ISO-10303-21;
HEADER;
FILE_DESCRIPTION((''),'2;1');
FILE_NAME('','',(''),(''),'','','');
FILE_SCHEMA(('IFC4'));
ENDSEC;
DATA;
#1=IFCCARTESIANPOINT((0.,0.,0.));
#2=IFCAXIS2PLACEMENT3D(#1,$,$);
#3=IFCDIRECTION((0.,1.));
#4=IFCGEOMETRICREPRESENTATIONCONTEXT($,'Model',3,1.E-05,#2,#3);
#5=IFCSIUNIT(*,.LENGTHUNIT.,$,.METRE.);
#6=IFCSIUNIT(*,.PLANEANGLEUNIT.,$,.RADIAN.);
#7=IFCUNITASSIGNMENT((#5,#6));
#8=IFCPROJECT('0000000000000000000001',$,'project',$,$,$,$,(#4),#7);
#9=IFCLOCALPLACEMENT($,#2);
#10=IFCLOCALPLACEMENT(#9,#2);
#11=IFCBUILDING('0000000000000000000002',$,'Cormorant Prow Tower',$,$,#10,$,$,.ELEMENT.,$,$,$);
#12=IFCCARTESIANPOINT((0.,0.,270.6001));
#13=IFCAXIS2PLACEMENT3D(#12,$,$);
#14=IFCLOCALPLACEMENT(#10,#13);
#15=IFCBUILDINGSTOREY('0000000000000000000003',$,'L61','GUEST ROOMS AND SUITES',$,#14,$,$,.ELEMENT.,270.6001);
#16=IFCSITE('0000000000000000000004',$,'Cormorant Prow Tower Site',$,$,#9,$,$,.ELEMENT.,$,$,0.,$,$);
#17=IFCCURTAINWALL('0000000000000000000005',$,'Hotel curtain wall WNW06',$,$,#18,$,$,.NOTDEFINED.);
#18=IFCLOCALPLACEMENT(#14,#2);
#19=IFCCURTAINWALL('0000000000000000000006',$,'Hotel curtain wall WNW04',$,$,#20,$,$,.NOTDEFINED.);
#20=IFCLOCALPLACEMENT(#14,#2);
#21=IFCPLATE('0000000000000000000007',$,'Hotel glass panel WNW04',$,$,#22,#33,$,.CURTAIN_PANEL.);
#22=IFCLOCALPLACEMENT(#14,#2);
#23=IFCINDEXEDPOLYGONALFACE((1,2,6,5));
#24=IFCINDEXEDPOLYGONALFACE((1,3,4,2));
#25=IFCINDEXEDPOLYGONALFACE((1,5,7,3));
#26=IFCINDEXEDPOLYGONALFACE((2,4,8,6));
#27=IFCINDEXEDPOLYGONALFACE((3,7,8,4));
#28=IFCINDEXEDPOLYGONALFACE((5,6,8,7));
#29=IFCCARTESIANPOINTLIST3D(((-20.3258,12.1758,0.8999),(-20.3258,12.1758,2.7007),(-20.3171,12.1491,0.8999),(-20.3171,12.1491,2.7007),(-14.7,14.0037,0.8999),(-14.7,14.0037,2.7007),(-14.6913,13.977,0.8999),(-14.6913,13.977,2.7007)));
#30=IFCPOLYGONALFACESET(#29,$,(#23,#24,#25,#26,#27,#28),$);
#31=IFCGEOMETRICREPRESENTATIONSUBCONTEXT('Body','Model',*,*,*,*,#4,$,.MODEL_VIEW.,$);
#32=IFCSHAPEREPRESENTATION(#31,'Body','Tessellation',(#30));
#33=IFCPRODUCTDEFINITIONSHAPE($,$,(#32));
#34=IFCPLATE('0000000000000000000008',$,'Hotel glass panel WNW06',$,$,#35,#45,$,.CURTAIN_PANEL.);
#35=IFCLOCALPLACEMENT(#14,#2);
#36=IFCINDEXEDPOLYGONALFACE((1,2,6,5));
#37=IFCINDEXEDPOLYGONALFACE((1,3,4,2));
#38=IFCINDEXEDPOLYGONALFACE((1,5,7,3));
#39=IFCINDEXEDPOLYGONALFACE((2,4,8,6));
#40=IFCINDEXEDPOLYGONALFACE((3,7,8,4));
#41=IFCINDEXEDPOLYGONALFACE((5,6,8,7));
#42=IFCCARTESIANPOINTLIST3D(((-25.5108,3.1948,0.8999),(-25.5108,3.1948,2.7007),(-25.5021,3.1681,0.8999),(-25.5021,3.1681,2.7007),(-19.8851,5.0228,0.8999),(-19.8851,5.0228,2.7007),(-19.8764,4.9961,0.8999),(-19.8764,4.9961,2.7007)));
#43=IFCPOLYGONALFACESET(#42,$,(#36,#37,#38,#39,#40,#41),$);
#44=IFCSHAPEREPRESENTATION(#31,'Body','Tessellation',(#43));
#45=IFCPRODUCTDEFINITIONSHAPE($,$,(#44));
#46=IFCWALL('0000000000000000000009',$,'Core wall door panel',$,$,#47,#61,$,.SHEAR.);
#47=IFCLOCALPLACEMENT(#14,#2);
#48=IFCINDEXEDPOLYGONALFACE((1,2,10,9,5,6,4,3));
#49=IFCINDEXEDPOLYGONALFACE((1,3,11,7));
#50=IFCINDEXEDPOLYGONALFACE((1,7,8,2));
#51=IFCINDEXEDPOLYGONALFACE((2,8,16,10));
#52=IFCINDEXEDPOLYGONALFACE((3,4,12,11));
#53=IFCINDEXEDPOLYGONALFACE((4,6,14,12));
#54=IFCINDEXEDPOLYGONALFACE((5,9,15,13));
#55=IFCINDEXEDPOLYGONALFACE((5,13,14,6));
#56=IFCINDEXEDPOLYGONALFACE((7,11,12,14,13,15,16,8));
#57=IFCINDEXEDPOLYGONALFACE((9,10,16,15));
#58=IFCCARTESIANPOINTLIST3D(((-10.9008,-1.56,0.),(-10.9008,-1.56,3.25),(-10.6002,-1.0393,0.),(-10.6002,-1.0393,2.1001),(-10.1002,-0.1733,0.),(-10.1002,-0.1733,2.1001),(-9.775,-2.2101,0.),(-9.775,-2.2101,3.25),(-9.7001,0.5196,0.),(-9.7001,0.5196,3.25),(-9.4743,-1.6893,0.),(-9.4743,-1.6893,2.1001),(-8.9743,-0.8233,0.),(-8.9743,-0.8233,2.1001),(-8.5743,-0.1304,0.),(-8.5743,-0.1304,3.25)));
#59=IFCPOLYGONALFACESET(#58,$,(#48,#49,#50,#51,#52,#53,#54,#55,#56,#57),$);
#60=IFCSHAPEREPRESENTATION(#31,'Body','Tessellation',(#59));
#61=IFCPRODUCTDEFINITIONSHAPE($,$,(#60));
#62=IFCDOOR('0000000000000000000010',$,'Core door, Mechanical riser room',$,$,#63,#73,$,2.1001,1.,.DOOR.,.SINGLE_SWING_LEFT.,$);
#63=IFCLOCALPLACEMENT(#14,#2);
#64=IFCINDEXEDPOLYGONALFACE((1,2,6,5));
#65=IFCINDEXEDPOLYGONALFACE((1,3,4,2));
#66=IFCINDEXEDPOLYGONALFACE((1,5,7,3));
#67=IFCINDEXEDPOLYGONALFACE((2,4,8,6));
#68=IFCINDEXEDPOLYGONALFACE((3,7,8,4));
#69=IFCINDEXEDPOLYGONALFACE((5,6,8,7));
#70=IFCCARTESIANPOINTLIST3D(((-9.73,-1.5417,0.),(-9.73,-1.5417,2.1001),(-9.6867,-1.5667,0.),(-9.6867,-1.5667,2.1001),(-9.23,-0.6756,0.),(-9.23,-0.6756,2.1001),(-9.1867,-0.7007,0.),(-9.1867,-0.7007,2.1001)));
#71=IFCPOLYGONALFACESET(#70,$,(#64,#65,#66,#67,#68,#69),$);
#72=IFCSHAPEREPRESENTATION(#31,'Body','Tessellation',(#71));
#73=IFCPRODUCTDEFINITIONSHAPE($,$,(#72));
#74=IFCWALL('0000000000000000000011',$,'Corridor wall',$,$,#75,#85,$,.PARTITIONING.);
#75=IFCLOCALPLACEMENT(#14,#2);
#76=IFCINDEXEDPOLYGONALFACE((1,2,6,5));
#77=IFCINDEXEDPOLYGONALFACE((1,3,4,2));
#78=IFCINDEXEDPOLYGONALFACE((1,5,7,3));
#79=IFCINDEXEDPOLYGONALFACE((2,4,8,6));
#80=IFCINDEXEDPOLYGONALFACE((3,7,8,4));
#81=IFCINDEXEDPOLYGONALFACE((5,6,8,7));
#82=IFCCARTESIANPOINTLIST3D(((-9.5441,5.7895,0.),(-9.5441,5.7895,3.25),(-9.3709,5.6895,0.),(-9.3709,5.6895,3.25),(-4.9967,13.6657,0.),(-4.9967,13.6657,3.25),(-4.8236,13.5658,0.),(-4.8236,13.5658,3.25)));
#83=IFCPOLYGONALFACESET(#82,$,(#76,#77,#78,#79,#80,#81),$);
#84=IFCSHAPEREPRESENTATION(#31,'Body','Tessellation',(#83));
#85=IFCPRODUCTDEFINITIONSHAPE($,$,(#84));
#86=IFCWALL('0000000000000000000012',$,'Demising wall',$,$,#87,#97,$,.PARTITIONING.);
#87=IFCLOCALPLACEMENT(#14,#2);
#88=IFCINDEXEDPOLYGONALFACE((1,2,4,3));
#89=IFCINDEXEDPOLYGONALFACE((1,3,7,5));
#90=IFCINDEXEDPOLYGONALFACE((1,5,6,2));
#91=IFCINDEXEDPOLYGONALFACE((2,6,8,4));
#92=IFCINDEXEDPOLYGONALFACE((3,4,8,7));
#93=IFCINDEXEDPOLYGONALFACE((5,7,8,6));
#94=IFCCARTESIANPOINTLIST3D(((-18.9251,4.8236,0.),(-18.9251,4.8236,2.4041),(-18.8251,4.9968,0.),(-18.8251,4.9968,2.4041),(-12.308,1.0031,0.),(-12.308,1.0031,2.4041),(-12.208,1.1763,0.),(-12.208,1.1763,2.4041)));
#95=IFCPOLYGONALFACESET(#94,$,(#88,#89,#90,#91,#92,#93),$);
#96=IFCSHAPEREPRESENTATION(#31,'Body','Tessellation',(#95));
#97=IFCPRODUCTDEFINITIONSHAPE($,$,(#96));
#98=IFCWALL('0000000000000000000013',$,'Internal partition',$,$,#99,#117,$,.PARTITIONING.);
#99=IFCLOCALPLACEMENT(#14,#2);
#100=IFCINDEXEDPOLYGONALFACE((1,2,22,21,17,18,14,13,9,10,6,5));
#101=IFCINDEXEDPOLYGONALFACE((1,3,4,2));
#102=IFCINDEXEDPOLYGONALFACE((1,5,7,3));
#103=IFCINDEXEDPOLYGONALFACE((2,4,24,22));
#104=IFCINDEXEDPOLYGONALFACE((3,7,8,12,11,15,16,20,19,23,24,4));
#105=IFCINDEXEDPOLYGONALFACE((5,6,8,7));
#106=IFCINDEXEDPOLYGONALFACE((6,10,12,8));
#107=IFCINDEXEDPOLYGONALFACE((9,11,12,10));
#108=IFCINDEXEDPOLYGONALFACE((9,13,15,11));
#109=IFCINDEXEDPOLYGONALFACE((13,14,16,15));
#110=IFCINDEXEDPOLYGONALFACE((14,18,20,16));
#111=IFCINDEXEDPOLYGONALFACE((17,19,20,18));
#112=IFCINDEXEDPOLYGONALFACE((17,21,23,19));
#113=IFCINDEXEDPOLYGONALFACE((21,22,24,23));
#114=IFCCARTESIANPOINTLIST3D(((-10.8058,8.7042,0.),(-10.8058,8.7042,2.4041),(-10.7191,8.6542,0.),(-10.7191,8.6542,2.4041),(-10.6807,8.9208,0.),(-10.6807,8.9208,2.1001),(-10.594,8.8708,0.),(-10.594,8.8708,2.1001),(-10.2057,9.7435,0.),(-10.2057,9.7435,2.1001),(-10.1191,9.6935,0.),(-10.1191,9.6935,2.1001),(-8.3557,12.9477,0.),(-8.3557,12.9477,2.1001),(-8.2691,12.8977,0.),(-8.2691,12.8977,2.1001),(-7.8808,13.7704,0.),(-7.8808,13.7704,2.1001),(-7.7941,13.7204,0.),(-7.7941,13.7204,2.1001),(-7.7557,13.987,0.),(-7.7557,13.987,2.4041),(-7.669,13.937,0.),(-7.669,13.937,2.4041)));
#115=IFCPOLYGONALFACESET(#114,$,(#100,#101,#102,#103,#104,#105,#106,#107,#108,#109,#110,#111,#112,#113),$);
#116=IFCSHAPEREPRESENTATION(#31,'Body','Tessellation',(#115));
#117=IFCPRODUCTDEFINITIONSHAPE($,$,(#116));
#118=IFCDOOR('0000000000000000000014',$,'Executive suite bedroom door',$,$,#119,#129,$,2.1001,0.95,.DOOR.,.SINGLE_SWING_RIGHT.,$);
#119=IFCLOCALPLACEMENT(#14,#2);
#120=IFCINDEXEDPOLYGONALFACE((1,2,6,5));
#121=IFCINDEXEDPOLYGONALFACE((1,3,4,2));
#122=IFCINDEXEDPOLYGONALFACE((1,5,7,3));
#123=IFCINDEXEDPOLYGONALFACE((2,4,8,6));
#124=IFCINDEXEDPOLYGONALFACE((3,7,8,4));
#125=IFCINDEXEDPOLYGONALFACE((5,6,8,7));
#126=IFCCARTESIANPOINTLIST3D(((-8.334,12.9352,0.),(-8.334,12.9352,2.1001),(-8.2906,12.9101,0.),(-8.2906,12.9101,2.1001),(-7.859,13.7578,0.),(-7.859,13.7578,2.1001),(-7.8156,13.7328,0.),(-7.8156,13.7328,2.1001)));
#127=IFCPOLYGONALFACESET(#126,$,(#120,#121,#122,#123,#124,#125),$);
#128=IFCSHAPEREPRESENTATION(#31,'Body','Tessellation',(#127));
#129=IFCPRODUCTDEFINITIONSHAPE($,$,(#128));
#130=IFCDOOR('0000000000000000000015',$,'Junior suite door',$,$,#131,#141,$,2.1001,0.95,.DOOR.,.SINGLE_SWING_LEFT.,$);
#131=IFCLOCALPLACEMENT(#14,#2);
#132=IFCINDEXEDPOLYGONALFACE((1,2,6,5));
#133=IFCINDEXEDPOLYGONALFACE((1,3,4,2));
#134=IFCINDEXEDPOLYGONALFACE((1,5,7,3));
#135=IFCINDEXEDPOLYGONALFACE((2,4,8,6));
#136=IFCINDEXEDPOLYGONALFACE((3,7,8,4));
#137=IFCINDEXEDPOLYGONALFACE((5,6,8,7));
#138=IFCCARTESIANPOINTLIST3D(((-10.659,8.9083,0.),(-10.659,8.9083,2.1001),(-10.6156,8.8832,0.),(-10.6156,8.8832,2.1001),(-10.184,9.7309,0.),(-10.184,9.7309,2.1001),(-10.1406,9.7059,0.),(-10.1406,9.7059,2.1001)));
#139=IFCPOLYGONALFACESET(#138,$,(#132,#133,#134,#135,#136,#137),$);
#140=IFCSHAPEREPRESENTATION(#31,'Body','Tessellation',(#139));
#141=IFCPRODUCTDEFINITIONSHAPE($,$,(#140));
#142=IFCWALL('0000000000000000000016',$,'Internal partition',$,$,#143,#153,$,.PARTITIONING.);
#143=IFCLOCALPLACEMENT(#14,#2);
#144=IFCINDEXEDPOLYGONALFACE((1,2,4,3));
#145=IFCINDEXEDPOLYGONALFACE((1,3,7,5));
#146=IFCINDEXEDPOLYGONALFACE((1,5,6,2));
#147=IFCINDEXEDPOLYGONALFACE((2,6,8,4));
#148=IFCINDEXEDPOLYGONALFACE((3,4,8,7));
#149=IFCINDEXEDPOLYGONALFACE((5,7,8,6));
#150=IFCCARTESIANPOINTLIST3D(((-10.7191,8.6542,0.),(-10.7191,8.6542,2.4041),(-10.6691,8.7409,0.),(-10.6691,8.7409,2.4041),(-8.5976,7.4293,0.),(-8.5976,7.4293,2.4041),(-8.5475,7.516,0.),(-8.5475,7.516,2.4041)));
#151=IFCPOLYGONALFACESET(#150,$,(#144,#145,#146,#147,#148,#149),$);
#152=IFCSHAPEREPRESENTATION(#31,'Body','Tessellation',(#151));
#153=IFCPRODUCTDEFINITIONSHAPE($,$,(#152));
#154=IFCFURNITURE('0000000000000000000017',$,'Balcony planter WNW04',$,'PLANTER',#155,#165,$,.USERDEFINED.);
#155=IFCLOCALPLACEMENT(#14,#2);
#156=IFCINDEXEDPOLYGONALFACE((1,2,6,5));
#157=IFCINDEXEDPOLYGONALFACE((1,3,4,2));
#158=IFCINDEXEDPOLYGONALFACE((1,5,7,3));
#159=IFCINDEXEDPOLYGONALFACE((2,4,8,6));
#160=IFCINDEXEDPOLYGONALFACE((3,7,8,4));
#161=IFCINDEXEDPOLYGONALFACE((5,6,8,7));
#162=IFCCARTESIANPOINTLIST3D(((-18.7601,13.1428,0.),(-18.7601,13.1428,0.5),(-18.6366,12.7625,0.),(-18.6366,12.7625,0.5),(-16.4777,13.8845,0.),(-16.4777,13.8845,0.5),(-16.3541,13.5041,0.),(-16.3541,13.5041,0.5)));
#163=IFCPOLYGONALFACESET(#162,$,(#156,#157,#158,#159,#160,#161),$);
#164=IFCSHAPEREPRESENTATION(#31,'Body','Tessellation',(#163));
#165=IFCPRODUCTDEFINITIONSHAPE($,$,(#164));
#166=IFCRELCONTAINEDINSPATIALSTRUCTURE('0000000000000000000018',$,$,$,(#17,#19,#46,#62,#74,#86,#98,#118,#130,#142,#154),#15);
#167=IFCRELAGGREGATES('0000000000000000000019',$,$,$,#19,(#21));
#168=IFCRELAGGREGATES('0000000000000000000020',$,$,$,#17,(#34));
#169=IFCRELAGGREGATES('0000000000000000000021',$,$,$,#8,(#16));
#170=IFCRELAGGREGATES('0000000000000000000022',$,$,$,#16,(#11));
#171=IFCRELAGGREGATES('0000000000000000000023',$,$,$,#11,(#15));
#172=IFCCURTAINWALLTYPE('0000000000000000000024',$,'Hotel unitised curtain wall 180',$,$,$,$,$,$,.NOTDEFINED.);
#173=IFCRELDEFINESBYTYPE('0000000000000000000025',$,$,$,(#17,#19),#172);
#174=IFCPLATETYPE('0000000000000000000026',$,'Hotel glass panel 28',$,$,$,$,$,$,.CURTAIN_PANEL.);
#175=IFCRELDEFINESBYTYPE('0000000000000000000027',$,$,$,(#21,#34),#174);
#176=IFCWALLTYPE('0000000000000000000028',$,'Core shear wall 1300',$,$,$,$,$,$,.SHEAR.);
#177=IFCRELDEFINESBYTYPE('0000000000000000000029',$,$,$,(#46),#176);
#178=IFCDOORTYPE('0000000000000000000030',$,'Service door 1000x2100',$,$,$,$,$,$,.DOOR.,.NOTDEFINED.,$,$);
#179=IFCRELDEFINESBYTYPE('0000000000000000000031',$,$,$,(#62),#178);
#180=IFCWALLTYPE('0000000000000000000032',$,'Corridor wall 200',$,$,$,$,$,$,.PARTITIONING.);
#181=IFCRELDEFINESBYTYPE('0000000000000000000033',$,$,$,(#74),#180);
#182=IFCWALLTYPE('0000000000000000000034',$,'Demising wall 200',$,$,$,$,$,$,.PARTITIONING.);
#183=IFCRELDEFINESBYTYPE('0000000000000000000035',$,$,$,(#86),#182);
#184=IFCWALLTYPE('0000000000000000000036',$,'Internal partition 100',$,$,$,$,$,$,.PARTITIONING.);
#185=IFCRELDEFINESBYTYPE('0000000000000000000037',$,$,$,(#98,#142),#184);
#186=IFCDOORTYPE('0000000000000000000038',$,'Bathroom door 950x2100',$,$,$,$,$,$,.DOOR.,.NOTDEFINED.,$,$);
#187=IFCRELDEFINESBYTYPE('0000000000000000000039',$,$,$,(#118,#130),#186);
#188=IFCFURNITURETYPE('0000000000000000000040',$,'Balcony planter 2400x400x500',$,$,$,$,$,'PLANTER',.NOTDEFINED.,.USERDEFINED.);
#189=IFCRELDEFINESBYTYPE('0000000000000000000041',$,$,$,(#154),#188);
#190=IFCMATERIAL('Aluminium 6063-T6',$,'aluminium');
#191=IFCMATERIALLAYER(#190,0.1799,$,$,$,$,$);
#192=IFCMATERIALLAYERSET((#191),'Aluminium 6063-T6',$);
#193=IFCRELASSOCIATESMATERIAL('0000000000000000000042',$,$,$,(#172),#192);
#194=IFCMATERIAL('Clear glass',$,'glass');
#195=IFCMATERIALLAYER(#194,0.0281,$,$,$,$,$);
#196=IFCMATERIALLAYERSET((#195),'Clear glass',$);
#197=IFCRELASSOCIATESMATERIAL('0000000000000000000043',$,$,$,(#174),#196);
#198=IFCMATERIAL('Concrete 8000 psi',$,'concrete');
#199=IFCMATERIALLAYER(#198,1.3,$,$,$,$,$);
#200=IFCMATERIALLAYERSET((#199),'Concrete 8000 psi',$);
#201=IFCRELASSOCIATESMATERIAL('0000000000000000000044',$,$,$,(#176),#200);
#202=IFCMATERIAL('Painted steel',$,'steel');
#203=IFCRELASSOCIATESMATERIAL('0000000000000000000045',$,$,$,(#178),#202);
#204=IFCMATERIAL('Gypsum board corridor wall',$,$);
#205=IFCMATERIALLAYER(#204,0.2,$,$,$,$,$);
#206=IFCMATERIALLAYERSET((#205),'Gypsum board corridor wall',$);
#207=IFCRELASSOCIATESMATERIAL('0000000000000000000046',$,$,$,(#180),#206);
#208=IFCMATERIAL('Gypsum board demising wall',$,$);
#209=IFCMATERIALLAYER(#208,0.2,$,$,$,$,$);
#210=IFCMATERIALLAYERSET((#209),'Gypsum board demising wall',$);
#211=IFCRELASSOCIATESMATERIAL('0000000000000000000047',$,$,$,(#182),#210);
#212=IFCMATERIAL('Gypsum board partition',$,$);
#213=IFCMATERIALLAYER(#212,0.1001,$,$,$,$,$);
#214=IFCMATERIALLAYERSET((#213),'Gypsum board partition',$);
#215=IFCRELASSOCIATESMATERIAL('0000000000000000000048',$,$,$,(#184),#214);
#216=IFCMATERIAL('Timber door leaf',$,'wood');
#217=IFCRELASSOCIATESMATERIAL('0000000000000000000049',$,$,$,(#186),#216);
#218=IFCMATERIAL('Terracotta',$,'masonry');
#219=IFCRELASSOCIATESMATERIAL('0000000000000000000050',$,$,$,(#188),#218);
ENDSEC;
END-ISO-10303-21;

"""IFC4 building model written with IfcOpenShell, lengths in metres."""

from ifc_helpers import new_model, si_unit, direction, frame, frame_2d, origin, origin_2d, place, context, subcontext, project, spatial, rectangle, extrude, material, layer, layer_set, type_object, element, fill, aggregate, save


model = new_model("IFC4")

# Units and contexts
model_context = context("Model", 3, precision=1e-05, world=origin(), true_north=direction((0.0, 1.0)))
body_context = subcontext(model_context, "Body", "Model", "MODEL_VIEW")
ifc_project = project(units=[si_unit("LENGTHUNIT", "METRE"), si_unit("PLANEANGLEUNIT", "RADIAN")], contexts=[model_context])

# Site, building, storey
site_placement = place(None, origin())
site = spatial("IfcSite", under=ifc_project, at=site_placement, Name="Cormorant Prow Tower Site", CompositionType="ELEMENT", RefElevation=0.0)
building_placement = place(site_placement, origin())
building = spatial("IfcBuilding", under=site, at=building_placement, Name="Cormorant Prow Tower", CompositionType="ELEMENT")
storey_placement = place(building_placement, frame((0.0, 0.0, 270.6001)))
storey = spatial("IfcBuildingStorey", under=building, at=storey_placement, Name="L61", Description="GUEST ROOMS AND SUITES", CompositionType="ELEMENT", Elevation=270.6001)

# Curtain wall
ifc_material_1 = material(Name="Aluminium 6063-T6", Category="aluminium")
ifc_layer_1 = layer(ifc_material_1, 0.1799)
ifc_layer_set_1 = layer_set([ifc_layer_1], Name="Aluminium 6063-T6")
curtain_wall_type = type_object("IfcCurtainWallType", Name="Hotel unitised curtain wall 180", PredefinedType="NOTDEFINED", material=ifc_layer_set_1)
curtain_wall_1_placement = place(storey_placement, origin())
curtain_wall_1 = element("IfcCurtainWall", 1, at=curtain_wall_1_placement, inside=storey, type_object=curtain_wall_type, Name="Hotel curtain wall WNW06", PredefinedType="NOTDEFINED")

# Curtain wall, plate
curtain_wall_2_placement = place(storey_placement, origin())
curtain_wall_2 = element("IfcCurtainWall", 2, at=curtain_wall_2_placement, inside=storey, type_object=curtain_wall_type, Name="Hotel curtain wall WNW04", PredefinedType="NOTDEFINED")
ifc_material_2 = material(Name="Clear glass", Category="glass")
ifc_layer_2 = layer(ifc_material_2, 0.0281)
ifc_layer_set_2 = layer_set([ifc_layer_2], Name="Clear glass")
plate_type = type_object("IfcPlateType", Name="Hotel glass panel 28", PredefinedType="CURTAIN_PANEL", material=ifc_layer_set_2)
plate_1_placement = place(storey_placement, frame((-17.5085, 13.0764, 0.8999), z_axis=(0.0, 0.0, 1.0), x_axis=(-0.951057, -0.309017, 0.0)))
plate_1 = element("IfcPlate", 3, at=plate_1_placement, type_object=plate_type, Name="Hotel glass panel WNW04", PredefinedType="CURTAIN_PANEL", context=body_context, shape_type="SweptSolid", body=[
    extrude(rectangle(XDim=5.9153, YDim=0.0281, at=origin_2d()), origin(), (0.0, 0.0, 1.0), 1.8008),
])
aggregate(curtain_wall_2, [plate_1])

# Plate
plate_2_placement = place(storey_placement, frame((-22.6936, 4.0955, 0.8999), z_axis=(0.0, 0.0, 1.0), x_axis=(-0.951057, -0.309017, 0.0)))
plate_2 = element("IfcPlate", 4, at=plate_2_placement, type_object=plate_type, Name="Hotel glass panel WNW06", PredefinedType="CURTAIN_PANEL", context=body_context, shape_type="SweptSolid", body=[
    extrude(rectangle(XDim=5.9153, YDim=0.0281, at=origin_2d()), origin(), (0.0, 0.0, 1.0), 1.8008),
])
aggregate(curtain_wall_1, [plate_2])

# Wall, opening, door
ifc_material_3 = material(Name="Concrete 8000 psi", Category="concrete")
ifc_layer_3 = layer(ifc_material_3, 1.3)
ifc_layer_set_3 = layer_set([ifc_layer_3], Name="Concrete 8000 psi")
wall_type_1 = type_object("IfcWallType", Name="Core shear wall 1300", PredefinedType="SHEAR", material=ifc_layer_set_3)
wall_1_placement = place(storey_placement, frame((-9.1372, 0.1946, 0.0), z_axis=(0.0, 0.0, 1.0), x_axis=(-0.50001, -0.86602, 0.0)))
wall_1 = element("IfcWall", 5, at=wall_1_placement, inside=storey, type_object=wall_type_1, Name="Core wall door panel", PredefinedType="SHEAR", context=body_context, shape_type="SweptSolid", body=[
    extrude(rectangle(XDim=2.4014, YDim=1.3, at=frame_2d((1.2007, 0.0))), origin(), (0.0, 0.0, 1.0), 3.25),
])
opening_1_placement = place(wall_1_placement, frame((0.8, 0.0, 0.0)))
opening_1 = element("IfcOpeningElement", 6, at=opening_1_placement, cuts=wall_1, PredefinedType="OPENING", context=body_context, shape_type="SweptSolid", body=[
    extrude(rectangle(XDim=1.0, YDim=2.1001, at=frame_2d((0.5, 1.05))), frame((0.0, 0.6599, 0.0), z_axis=(0.0, -1.0, 0.0), x_axis=(1.0, 0.0, 0.0)), (0.0, 0.0, 1.0), 1.3201),
])
ifc_material_4 = material(Name="Painted steel", Category="steel")
door_type_1 = type_object("IfcDoorType", Name="Service door 1000x2100", OperationType="NOTDEFINED", PredefinedType="DOOR", material=ifc_material_4)
door_1_placement = place(opening_1_placement, origin())
door_1 = element("IfcDoor", 7, at=door_1_placement, inside=storey, type_object=door_type_1, Name="Core door, Mechanical riser room", OperationType="SINGLE_SWING_LEFT", OverallHeight=2.1001, OverallWidth=1.0, PredefinedType="DOOR", context=body_context, shape_type="SweptSolid", body=[
    extrude(rectangle(XDim=1.0, YDim=2.1001, at=frame_2d((0.5, 1.05))), frame((0.0, 0.4048, 0.0), z_axis=(0.0, -1.0, 0.0), x_axis=(1.0, 0.0, 0.0)), (0.0, 0.0, 1.0), 0.05),
])
fill(opening_1, door_1)

# Walls
ifc_material_5 = material(Name="Gypsum board corridor wall")
ifc_layer_4 = layer(ifc_material_5, 0.2)
ifc_layer_set_4 = layer_set([ifc_layer_4], Name="Gypsum board corridor wall")
wall_type_2 = type_object("IfcWallType", Name="Corridor wall 200", PredefinedType="PARTITIONING", material=ifc_layer_set_4)
wall_2_placement = place(storey_placement, frame((-9.4575, 5.7395, 0.0), z_axis=(0.0, 0.0, 1.0), x_axis=(0.500002, 0.866024, 0.0)))
element("IfcWall", 8, at=wall_2_placement, inside=storey, type_object=wall_type_2, Name="Corridor wall", PredefinedType="PARTITIONING", context=body_context, shape_type="SweptSolid", body=[
    extrude(rectangle(XDim=9.0947, YDim=0.2, at=frame_2d((4.5474, 0.0))), origin(), (0.0, 0.0, 1.0), 3.25),
])
ifc_material_6 = material(Name="Gypsum board demising wall")
ifc_layer_5 = layer(ifc_material_6, 0.2)
ifc_layer_set_5 = layer_set([ifc_layer_5], Name="Gypsum board demising wall")
wall_type_3 = type_object("IfcWallType", Name="Demising wall 200", PredefinedType="PARTITIONING", material=ifc_layer_set_5)
wall_3_placement = place(storey_placement, frame((-18.875, 4.9102, 0.0), z_axis=(0.0, 0.0, 1.0), x_axis=(0.866019, -0.500012, 0.0)))
element("IfcWall", 9, at=wall_3_placement, inside=storey, type_object=wall_type_3, Name="Demising wall", PredefinedType="PARTITIONING", context=body_context, shape_type="SweptSolid", body=[
    extrude(rectangle(XDim=7.6409, YDim=0.2, at=frame_2d((3.8203, 0.0))), origin(), (0.0, 0.0, 1.0), 2.4041),
])

# Wall, openings, doors
ifc_material_7 = material(Name="Gypsum board partition")
ifc_layer_6 = layer(ifc_material_7, 0.1001)
ifc_layer_set_6 = layer_set([ifc_layer_6], Name="Gypsum board partition")
wall_type_4 = type_object("IfcWallType", Name="Internal partition 100", PredefinedType="PARTITIONING", material=ifc_layer_set_6)
wall_4_placement = place(storey_placement, frame((-10.7625, 8.6792, 0.0), z_axis=(0.0, 0.0, 1.0), x_axis=(0.500009, 0.86602, 0.0)))
wall_4 = element("IfcWall", 10, at=wall_4_placement, inside=storey, type_object=wall_type_4, Name="Internal partition", PredefinedType="PARTITIONING", context=body_context, shape_type="SweptSolid", body=[
    extrude(rectangle(XDim=6.1001, YDim=0.1001, at=frame_2d((3.05, 0.0))), origin(), (0.0, 0.0, 1.0), 2.4041),
])
opening_2_placement = place(wall_4_placement, frame((4.8999, 0.0, 0.0)))
opening_2 = element("IfcOpeningElement", 11, at=opening_2_placement, cuts=wall_4, PredefinedType="OPENING", context=body_context, shape_type="SweptSolid", body=[
    extrude(rectangle(XDim=0.95, YDim=2.1001, at=frame_2d((0.4751, 1.05))), frame((0.0, 0.0601, 0.0), z_axis=(0.0, -1.0, 0.0), x_axis=(1.0, 0.0, 0.0)), (0.0, 0.0, 1.0), 0.1201),
])
opening_3_placement = place(wall_4_placement, frame((0.25, 0.0, 0.0)))
opening_3 = element("IfcOpeningElement", 12, at=opening_3_placement, cuts=wall_4, PredefinedType="OPENING", context=body_context, shape_type="SweptSolid", body=[
    extrude(rectangle(XDim=0.95, YDim=2.1001, at=frame_2d((0.4751, 1.05))), frame((0.0, 0.0601, 0.0), z_axis=(0.0, -1.0, 0.0), x_axis=(1.0, 0.0, 0.0)), (0.0, 0.0, 1.0), 0.1201),
])
ifc_material_8 = material(Name="Timber door leaf", Category="wood")
door_type_2 = type_object("IfcDoorType", Name="Bathroom door 950x2100", OperationType="NOTDEFINED", PredefinedType="DOOR", material=ifc_material_8)
door_2_placement = place(opening_2_placement, origin())
door_2 = element("IfcDoor", 13, at=door_2_placement, inside=storey, type_object=door_type_2, Name="Executive suite bedroom door", OperationType="SINGLE_SWING_RIGHT", OverallHeight=2.1001, OverallWidth=0.95, PredefinedType="DOOR", context=body_context, shape_type="SweptSolid", body=[
    extrude(rectangle(XDim=0.95, YDim=2.1001, at=frame_2d((0.4751, 1.05))), frame((0.0, 0.0249, 0.0), z_axis=(0.0, -1.0, 0.0), x_axis=(1.0, 0.0, 0.0)), (0.0, 0.0, 1.0), 0.05),
])
fill(opening_2, door_2)
door_3_placement = place(opening_3_placement, origin())
door_3 = element("IfcDoor", 14, at=door_3_placement, inside=storey, type_object=door_type_2, Name="Junior suite door", OperationType="SINGLE_SWING_LEFT", OverallHeight=2.1001, OverallWidth=0.95, PredefinedType="DOOR", context=body_context, shape_type="SweptSolid", body=[
    extrude(rectangle(XDim=0.95, YDim=2.1001, at=frame_2d((0.4751, 1.05))), frame((0.0, 0.0249, 0.0), z_axis=(0.0, -1.0, 0.0), x_axis=(1.0, 0.0, 0.0)), (0.0, 0.0, 1.0), 0.05),
])
fill(opening_3, door_3)

# Wall
wall_5_placement = place(storey_placement, frame((-10.6941, 8.6975, 0.0), z_axis=(0.0, 0.0, 1.0), x_axis=(0.866033, -0.499987, 0.0)))
element("IfcWall", 15, at=wall_5_placement, inside=storey, type_object=wall_type_4, Name="Internal partition", PredefinedType="PARTITIONING", context=body_context, shape_type="SweptSolid", body=[
    extrude(rectangle(XDim=2.4497, YDim=0.1001, at=frame_2d((1.2249, 0.0))), origin(), (0.0, 0.0, 1.0), 2.4041),
])

# Furniture
ifc_material_9 = material(Name="Terracotta", Category="masonry")
furniture_type = type_object("IfcFurnitureType", Name="Balcony planter 2400x400x500", ElementType="PLANTER", AssemblyPlace="NOTDEFINED", PredefinedType="USERDEFINED", material=ifc_material_9)
furniture_placement = place(storey_placement, frame((-17.5571, 13.3235, 0.0), z_axis=(0.0, 0.0, 1.0), x_axis=(-0.951057, -0.309017, 0.0)))
element("IfcFurniture", 16, at=furniture_placement, inside=storey, type_object=furniture_type, Name="Balcony planter WNW04", ObjectType="PLANTER", PredefinedType="USERDEFINED", context=body_context, shape_type="SweptSolid", body=[
    extrude(rectangle(XDim=2.3999, YDim=0.3999, at=origin_2d()), origin(), (0.0, 0.0, 1.0), 0.5),
])

save(model, "model.ifc")
